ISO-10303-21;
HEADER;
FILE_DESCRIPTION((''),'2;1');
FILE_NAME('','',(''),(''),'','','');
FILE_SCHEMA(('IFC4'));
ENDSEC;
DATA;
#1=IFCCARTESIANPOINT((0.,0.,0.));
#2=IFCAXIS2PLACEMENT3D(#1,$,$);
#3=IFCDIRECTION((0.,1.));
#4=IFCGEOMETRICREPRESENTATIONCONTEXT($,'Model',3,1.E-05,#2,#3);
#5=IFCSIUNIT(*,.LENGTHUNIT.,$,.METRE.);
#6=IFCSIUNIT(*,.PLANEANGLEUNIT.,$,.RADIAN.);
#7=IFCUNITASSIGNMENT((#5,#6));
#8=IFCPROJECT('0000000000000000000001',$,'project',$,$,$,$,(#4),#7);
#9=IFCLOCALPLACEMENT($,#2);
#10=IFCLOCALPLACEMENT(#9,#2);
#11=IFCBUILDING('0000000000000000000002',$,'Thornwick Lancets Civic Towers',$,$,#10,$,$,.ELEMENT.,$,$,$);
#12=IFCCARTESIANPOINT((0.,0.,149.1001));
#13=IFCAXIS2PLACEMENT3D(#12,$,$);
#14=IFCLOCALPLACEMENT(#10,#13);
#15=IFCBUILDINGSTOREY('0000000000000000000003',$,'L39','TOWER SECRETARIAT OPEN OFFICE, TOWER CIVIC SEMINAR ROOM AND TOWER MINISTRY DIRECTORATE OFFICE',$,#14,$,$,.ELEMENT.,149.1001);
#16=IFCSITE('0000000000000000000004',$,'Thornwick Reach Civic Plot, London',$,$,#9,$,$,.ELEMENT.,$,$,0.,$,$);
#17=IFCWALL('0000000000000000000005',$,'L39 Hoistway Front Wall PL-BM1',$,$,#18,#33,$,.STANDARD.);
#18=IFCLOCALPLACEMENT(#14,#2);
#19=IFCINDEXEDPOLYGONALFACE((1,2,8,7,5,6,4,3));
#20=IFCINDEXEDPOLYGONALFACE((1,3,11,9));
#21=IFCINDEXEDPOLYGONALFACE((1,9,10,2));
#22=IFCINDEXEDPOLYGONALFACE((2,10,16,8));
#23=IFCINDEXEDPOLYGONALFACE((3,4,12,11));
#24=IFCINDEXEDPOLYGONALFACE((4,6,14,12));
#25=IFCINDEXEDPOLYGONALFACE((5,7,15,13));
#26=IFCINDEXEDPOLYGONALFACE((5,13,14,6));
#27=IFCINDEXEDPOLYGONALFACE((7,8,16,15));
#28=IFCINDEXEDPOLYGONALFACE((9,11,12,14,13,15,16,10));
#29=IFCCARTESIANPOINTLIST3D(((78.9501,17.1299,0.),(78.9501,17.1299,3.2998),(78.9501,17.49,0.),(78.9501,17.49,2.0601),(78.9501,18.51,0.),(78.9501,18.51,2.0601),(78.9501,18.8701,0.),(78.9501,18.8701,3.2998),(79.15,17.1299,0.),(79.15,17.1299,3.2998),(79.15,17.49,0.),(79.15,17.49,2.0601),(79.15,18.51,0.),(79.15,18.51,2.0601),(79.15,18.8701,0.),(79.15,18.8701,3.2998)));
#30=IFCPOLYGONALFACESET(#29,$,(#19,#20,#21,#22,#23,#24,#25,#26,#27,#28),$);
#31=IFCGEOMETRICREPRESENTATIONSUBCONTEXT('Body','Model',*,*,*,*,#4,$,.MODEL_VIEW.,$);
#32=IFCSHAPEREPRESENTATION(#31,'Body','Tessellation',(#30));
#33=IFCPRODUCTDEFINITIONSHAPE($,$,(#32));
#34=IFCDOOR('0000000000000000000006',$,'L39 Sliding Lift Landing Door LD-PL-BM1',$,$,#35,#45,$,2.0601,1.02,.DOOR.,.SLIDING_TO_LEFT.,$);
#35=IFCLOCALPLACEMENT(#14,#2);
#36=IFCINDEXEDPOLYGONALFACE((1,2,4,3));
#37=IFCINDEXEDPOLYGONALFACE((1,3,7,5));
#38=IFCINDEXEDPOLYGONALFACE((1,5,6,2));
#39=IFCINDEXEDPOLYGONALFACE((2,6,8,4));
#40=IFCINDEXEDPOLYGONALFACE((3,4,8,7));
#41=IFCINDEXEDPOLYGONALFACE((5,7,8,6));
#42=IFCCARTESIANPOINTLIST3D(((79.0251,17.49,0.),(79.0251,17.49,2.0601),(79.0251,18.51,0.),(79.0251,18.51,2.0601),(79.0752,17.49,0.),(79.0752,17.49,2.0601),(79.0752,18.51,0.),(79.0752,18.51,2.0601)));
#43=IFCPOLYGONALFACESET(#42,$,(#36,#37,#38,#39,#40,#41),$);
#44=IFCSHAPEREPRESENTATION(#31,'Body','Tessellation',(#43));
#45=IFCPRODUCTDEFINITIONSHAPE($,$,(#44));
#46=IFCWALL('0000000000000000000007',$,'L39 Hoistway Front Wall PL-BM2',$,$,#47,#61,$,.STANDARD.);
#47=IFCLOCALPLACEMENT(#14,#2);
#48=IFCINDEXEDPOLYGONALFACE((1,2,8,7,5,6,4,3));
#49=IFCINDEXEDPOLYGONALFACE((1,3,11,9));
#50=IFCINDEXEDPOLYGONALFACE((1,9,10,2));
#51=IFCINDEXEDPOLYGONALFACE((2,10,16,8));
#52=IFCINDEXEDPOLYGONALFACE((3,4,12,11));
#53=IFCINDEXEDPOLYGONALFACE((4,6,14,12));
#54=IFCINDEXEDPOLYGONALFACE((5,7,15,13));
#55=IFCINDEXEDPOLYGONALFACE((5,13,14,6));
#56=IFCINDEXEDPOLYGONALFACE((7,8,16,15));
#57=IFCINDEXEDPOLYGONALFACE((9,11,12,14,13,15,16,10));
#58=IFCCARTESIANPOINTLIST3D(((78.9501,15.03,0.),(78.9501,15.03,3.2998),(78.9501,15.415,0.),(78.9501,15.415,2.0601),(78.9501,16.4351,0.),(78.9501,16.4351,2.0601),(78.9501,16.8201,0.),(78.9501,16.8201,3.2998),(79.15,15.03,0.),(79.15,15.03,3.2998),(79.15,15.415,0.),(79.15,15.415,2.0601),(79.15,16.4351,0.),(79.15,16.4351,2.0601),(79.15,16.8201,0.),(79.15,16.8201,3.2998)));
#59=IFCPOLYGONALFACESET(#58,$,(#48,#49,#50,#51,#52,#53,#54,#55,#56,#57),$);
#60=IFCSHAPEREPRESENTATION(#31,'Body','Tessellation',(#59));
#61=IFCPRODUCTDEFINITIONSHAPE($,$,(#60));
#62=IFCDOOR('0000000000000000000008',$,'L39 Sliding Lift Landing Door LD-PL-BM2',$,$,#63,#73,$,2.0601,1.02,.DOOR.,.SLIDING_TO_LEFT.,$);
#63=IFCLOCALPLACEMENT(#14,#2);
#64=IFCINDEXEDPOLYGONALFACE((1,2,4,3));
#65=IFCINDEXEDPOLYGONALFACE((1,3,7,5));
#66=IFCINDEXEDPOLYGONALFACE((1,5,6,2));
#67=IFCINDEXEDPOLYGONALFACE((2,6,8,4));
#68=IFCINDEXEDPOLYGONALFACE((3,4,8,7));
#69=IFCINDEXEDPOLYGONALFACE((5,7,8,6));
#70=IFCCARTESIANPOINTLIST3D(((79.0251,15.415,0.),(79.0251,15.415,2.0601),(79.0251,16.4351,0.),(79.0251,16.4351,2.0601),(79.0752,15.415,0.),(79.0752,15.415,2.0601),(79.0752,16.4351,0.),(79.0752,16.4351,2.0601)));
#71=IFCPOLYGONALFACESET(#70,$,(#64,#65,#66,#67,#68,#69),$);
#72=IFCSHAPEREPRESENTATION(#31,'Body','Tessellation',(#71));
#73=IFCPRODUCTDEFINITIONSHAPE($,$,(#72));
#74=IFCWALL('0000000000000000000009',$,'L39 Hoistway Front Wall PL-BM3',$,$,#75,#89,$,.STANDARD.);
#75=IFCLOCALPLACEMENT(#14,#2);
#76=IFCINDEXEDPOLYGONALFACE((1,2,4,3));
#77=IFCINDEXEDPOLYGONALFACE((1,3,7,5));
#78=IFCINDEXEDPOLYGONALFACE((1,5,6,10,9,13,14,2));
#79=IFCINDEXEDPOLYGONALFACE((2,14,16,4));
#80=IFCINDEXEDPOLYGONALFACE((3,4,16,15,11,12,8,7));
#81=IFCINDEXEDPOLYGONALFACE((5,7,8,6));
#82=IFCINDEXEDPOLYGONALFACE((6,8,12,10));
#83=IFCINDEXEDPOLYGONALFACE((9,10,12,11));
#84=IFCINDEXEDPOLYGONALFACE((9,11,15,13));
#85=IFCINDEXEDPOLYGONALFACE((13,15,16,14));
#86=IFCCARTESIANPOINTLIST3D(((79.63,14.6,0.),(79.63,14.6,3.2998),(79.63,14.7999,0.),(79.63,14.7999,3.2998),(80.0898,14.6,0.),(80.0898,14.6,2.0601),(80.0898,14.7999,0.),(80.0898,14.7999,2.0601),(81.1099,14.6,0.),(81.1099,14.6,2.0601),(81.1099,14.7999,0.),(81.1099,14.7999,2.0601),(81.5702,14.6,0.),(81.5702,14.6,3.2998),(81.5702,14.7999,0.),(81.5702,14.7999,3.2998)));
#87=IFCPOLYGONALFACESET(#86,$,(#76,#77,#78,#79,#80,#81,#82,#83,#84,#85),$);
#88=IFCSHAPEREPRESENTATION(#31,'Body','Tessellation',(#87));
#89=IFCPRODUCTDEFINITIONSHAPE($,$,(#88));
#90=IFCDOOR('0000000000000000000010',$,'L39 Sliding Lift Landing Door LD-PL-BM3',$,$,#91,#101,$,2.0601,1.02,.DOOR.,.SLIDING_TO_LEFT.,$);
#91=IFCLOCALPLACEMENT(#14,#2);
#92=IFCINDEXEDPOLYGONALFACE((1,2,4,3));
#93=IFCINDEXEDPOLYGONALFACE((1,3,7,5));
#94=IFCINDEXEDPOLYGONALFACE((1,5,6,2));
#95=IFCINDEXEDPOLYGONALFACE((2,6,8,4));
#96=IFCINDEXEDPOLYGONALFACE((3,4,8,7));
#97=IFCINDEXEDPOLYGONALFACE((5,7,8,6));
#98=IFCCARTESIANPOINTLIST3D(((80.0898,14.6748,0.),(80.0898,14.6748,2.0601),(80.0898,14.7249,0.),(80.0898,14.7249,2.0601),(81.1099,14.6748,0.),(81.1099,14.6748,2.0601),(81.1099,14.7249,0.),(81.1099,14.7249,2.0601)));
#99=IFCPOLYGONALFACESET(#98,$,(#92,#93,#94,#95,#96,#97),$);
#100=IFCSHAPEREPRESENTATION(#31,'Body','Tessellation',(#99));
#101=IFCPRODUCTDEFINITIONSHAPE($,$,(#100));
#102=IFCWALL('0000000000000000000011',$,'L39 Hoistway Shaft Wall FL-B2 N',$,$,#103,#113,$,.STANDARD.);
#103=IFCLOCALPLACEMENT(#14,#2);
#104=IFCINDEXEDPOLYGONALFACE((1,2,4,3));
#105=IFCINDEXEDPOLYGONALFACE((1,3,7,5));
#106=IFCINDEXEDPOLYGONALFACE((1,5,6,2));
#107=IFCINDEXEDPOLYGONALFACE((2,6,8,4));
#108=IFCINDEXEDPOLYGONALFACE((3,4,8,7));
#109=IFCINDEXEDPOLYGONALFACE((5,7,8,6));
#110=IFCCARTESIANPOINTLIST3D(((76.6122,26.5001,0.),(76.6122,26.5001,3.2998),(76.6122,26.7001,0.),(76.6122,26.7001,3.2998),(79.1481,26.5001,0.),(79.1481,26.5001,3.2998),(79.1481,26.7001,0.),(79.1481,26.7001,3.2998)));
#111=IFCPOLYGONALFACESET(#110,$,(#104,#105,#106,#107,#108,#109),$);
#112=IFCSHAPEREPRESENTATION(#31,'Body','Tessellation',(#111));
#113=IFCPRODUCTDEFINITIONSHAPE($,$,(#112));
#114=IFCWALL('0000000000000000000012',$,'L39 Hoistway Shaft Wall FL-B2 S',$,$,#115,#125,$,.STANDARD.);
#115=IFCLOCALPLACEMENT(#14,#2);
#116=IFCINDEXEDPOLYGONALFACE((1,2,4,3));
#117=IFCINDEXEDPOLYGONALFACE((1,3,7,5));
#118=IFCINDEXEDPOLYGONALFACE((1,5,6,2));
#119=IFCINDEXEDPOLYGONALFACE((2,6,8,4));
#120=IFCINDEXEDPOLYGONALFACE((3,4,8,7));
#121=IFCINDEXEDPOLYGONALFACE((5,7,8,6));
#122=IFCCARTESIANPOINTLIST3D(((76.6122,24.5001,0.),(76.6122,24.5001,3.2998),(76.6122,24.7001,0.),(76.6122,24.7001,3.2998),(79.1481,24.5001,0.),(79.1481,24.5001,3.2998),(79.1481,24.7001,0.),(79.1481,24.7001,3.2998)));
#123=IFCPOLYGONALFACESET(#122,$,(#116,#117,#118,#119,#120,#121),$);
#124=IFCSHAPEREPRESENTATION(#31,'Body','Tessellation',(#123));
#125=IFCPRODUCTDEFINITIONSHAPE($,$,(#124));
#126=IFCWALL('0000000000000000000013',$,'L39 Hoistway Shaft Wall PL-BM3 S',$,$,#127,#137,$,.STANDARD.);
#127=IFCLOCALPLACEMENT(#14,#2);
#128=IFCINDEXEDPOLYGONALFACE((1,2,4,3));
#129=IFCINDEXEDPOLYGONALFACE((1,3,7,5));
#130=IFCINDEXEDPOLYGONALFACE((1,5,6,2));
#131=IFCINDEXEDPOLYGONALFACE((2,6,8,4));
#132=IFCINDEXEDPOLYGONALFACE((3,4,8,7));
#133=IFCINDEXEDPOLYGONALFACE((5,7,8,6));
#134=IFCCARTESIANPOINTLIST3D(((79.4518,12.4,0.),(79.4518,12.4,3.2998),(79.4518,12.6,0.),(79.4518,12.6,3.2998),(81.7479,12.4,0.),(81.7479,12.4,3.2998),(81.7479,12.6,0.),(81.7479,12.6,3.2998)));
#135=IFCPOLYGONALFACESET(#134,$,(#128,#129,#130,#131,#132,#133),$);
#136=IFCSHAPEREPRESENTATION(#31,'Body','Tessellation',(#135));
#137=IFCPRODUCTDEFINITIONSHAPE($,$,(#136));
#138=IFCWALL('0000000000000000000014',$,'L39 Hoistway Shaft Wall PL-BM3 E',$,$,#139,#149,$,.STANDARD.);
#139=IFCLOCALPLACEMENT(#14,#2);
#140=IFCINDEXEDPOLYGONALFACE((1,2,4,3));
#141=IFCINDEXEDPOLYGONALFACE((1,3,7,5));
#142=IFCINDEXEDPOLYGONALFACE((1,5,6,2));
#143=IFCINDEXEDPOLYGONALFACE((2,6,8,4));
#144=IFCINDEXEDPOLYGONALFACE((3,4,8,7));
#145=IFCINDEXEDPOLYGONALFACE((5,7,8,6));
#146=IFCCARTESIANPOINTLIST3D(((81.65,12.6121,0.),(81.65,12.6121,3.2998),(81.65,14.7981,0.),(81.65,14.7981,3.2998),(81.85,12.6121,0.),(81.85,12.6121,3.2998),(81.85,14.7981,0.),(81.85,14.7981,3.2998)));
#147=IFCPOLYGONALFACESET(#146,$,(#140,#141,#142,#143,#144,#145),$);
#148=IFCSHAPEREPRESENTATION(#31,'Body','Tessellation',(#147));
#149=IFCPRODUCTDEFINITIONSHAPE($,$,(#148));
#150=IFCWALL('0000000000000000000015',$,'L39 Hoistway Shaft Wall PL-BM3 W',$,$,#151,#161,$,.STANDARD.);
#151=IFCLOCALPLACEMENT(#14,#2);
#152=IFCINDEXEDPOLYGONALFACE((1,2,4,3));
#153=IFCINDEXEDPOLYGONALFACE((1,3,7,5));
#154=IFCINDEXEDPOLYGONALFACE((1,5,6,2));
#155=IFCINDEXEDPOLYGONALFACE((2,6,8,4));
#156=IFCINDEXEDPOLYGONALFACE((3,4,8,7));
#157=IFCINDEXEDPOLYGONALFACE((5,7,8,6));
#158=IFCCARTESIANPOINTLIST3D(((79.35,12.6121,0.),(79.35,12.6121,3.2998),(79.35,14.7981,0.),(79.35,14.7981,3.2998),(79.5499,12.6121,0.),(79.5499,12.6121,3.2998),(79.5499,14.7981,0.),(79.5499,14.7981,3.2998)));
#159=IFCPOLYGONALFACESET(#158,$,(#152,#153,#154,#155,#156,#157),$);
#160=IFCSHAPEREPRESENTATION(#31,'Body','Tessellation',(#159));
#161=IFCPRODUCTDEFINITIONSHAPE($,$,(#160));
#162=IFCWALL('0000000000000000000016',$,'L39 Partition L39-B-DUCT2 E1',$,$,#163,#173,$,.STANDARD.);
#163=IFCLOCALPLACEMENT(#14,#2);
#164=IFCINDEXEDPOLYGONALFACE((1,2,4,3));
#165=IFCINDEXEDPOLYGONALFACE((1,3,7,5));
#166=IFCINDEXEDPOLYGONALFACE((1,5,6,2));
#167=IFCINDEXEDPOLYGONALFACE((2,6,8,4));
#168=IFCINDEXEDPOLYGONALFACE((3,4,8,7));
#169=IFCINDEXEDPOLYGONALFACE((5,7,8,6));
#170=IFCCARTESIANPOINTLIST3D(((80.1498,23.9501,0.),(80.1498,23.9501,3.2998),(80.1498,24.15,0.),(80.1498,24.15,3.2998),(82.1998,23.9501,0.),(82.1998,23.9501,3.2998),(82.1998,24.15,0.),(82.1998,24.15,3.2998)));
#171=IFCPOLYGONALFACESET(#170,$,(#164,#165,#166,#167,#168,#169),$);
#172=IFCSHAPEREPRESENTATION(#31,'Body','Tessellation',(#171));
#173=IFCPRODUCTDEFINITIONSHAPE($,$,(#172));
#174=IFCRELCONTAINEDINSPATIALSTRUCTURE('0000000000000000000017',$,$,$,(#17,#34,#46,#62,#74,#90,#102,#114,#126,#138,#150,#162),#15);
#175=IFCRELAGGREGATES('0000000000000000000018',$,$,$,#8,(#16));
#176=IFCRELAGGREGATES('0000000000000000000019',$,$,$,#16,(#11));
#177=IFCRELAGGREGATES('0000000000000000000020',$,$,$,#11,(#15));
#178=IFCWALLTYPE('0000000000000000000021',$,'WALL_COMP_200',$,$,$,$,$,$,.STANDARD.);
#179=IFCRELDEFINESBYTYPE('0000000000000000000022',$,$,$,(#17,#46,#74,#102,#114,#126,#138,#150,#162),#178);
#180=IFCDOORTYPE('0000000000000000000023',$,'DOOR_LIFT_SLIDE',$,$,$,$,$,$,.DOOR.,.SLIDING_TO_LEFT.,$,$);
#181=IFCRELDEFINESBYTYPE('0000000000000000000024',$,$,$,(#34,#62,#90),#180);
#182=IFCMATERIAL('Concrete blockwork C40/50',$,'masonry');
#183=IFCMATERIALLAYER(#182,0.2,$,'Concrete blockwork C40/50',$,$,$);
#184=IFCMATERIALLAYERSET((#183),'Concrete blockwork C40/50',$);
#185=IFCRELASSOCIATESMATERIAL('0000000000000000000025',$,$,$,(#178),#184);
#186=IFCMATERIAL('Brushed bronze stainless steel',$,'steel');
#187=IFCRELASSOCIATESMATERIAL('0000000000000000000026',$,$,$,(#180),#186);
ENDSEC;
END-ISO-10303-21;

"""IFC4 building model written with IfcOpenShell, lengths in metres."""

from ifc_helpers import new_model, si_unit, direction, frame, frame_2d, origin, place, context, subcontext, project, spatial, rectangle, extrude, material, layer, layer_set, type_object, element, fill, save


model = new_model("IFC4")

# Units and contexts
model_context = context("Model", 3, precision=1e-05, world=origin(), true_north=direction((0.0, 1.0)))
body_context = subcontext(model_context, "Body", "Model", "MODEL_VIEW")
ifc_project = project(units=[si_unit("LENGTHUNIT", "METRE"), si_unit("PLANEANGLEUNIT", "RADIAN")], contexts=[model_context])

# Site, building, storey
site_placement = place(None, origin())
site = spatial("IfcSite", under=ifc_project, at=site_placement, Name="Thornwick Reach Civic Plot, London", CompositionType="ELEMENT", RefElevation=0.0)
building_placement = place(site_placement, origin())
building = spatial("IfcBuilding", under=site, at=building_placement, Name="Thornwick Lancets Civic Towers", CompositionType="ELEMENT")
storey_placement = place(building_placement, frame((0.0, 0.0, 149.1001)))
storey = spatial("IfcBuildingStorey", under=building, at=storey_placement, Name="L39", Description="TOWER SECRETARIAT OPEN OFFICE, TOWER CIVIC SEMINAR ROOM AND TOWER MINISTRY DIRECTORATE OFFICE", CompositionType="ELEMENT", Elevation=149.1001)

# Shared definitions
ifc_material_1 = material(Name="Concrete blockwork C40/50", Category="masonry")
ifc_layer_1 = layer(ifc_material_1, 0.2, Name="Concrete blockwork C40/50")
ifc_layer_set_1 = layer_set([ifc_layer_1], Name="Concrete blockwork C40/50")
wall_type_1 = type_object("IfcWallType", Name="WALL_COMP_200", PredefinedType="STANDARD", material=ifc_layer_set_1)
ifc_material_2 = material(Name="Brushed bronze stainless steel", Category="steel")
door_type_1 = type_object("IfcDoorType", Name="DOOR_LIFT_SLIDE", OperationType="SLIDING_TO_LEFT", PredefinedType="DOOR", material=ifc_material_2)

# Walls, openings, doors
wall_1_placement = place(storey_placement, frame((79.05, 17.1299, 0.0), z_axis=(0.0, 0.0, 1.0), x_axis=(0.0, 1.0, 0.0)))
wall_1 = element("IfcWall", 1, at=wall_1_placement, inside=storey, type_object=wall_type_1, Name="L39 Hoistway Front Wall PL-BM1", PredefinedType="STANDARD", context=body_context, shape_type="SweptSolid", body=[
    extrude(rectangle(XDim=1.7402, YDim=0.2, at=frame_2d((0.8701, 0.0))), origin(), (0.0, 0.0, 1.0), 3.2998),
])
opening_1_placement = place(wall_1_placement, frame((0.3601, 0.0, 0.0)))
opening_1 = element("IfcOpeningElement", 2, at=opening_1_placement, cuts=wall_1, PredefinedType="OPENING", context=body_context, shape_type="SweptSolid", body=[
    extrude(rectangle(XDim=1.02, YDim=2.0601, at=frame_2d((0.51, 1.03))), frame((0.0, 0.1099, 0.0), z_axis=(0.0, -1.0, 0.0), x_axis=(1.0, 0.0, 0.0)), (0.0, 0.0, 1.0), 0.22),
])
door_1_placement = place(opening_1_placement, origin())
door_1 = element("IfcDoor", 3, at=door_1_placement, inside=storey, type_object=door_type_1, Name="L39 Sliding Lift Landing Door LD-PL-BM1", OperationType="SLIDING_TO_LEFT", OverallHeight=2.0601, OverallWidth=1.02, PredefinedType="DOOR", context=body_context, shape_type="SweptSolid", body=[
    extrude(rectangle(XDim=1.02, YDim=2.0601, at=frame_2d((0.51, 1.03))), frame((0.0, 0.0249, 0.0), z_axis=(0.0, -1.0, 0.0), x_axis=(1.0, 0.0, 0.0)), (0.0, 0.0, 1.0), 0.05),
])
fill(opening_1, door_1)
wall_2_placement = place(storey_placement, frame((79.05, 15.03, 0.0), z_axis=(0.0, 0.0, 1.0), x_axis=(0.0, 1.0, 0.0)))
wall_2 = element("IfcWall", 4, at=wall_2_placement, inside=storey, type_object=wall_type_1, Name="L39 Hoistway Front Wall PL-BM2", PredefinedType="STANDARD", context=body_context, shape_type="SweptSolid", body=[
    extrude(rectangle(XDim=1.79, YDim=0.2, at=frame_2d((0.895, 0.0))), origin(), (0.0, 0.0, 1.0), 3.2998),
])
opening_2_placement = place(wall_2_placement, frame((0.385, 0.0, 0.0)))
opening_2 = element("IfcOpeningElement", 5, at=opening_2_placement, cuts=wall_2, PredefinedType="OPENING", context=body_context, shape_type="SweptSolid", body=[
    extrude(rectangle(XDim=1.02, YDim=2.0601, at=frame_2d((0.51, 1.03))), frame((0.0, 0.1099, 0.0), z_axis=(0.0, -1.0, 0.0), x_axis=(1.0, 0.0, 0.0)), (0.0, 0.0, 1.0), 0.22),
])
door_2_placement = place(opening_2_placement, origin())
door_2 = element("IfcDoor", 6, at=door_2_placement, inside=storey, type_object=door_type_1, Name="L39 Sliding Lift Landing Door LD-PL-BM2", OperationType="SLIDING_TO_LEFT", OverallHeight=2.0601, OverallWidth=1.02, PredefinedType="DOOR", context=body_context, shape_type="SweptSolid", body=[
    extrude(rectangle(XDim=1.02, YDim=2.0601, at=frame_2d((0.51, 1.03))), frame((0.0, 0.0249, 0.0), z_axis=(0.0, -1.0, 0.0), x_axis=(1.0, 0.0, 0.0)), (0.0, 0.0, 1.0), 0.05),
])
fill(opening_2, door_2)
wall_3_placement = place(storey_placement, frame((79.6299, 14.7, 0.0), z_axis=(0.0, 0.0, 1.0), x_axis=(1.0, 0.0, 0.0)))
wall_3 = element("IfcWall", 7, at=wall_3_placement, inside=storey, type_object=wall_type_1, Name="L39 Hoistway Front Wall PL-BM3", PredefinedType="STANDARD", context=body_context, shape_type="SweptSolid", body=[
    extrude(rectangle(XDim=1.9402, YDim=0.2, at=frame_2d((0.9702, 0.0))), origin(), (0.0, 0.0, 1.0), 3.2998),
])
opening_3_placement = place(wall_3_placement, frame((0.46, 0.0, 0.0)))
opening_3 = element("IfcOpeningElement", 8, at=opening_3_placement, cuts=wall_3, PredefinedType="OPENING", context=body_context, shape_type="SweptSolid", body=[
    extrude(rectangle(XDim=1.02, YDim=2.0601, at=frame_2d((0.51, 1.03))), frame((0.0, 0.1099, 0.0), z_axis=(0.0, -1.0, 0.0), x_axis=(1.0, 0.0, 0.0)), (0.0, 0.0, 1.0), 0.22),
])
door_3_placement = place(opening_3_placement, origin())
door_3 = element("IfcDoor", 9, at=door_3_placement, inside=storey, type_object=door_type_1, Name="L39 Sliding Lift Landing Door LD-PL-BM3", OperationType="SLIDING_TO_LEFT", OverallHeight=2.0601, OverallWidth=1.02, PredefinedType="DOOR", context=body_context, shape_type="SweptSolid", body=[
    extrude(rectangle(XDim=1.02, YDim=2.0601, at=frame_2d((0.51, 1.03))), frame((0.0, 0.0249, 0.0), z_axis=(0.0, -1.0, 0.0), x_axis=(1.0, 0.0, 0.0)), (0.0, 0.0, 1.0), 0.05),
])
fill(opening_3, door_3)

# Walls
for number, where, z_axis, x_axis, name in (
    (10, (76.6121, 26.6001, 0.0), (0.0, 0.0, 1.0), (1.0, 0.0, 0.0), "L39 Hoistway Shaft Wall FL-B2 N"),
    (11, (76.6121, 24.6001, 0.0), (0.0, 0.0, 1.0), (1.0, 0.0, 0.0), "L39 Hoistway Shaft Wall FL-B2 S"),
):
    element("IfcWall", number, at=place(storey_placement, frame(where, z_axis=z_axis, x_axis=x_axis)), inside=storey, type_object=wall_type_1, Name=name, PredefinedType="STANDARD", context=body_context, shape_type="SweptSolid", body=[
        extrude(rectangle(XDim=2.5359, YDim=0.2, at=frame_2d((1.2681, 0.0))), origin(), (0.0, 0.0, 1.0), 3.2998),
    ])
wall_4_placement = place(storey_placement, frame((79.4519, 12.5, 0.0), z_axis=(0.0, 0.0, 1.0), x_axis=(1.0, 0.0, 0.0)))
element("IfcWall", 12, at=wall_4_placement, inside=storey, type_object=wall_type_1, Name="L39 Hoistway Shaft Wall PL-BM3 S", PredefinedType="STANDARD", context=body_context, shape_type="SweptSolid", body=[
    extrude(rectangle(XDim=2.2961, YDim=0.2, at=frame_2d((1.1479, 0.0))), origin(), (0.0, 0.0, 1.0), 3.2998),
])
for number, where, z_axis, x_axis, name in (
    (13, (81.75, 12.6121, 0.0), (0.0, 0.0, 1.0), (0.0, 1.0, 0.0), "L39 Hoistway Shaft Wall PL-BM3 E"),
    (14, (79.45, 12.6121, 0.0), (0.0, 0.0, 1.0), (0.0, 1.0, 0.0), "L39 Hoistway Shaft Wall PL-BM3 W"),
):
    element("IfcWall", number, at=place(storey_placement, frame(where, z_axis=z_axis, x_axis=x_axis)), inside=storey, type_object=wall_type_1, Name=name, PredefinedType="STANDARD", context=body_context, shape_type="SweptSolid", body=[
        extrude(rectangle(XDim=2.186, YDim=0.2, at=frame_2d((1.093, 0.0))), origin(), (0.0, 0.0, 1.0), 3.2998),
    ])
wall_5_placement = place(storey_placement, frame((80.1499, 24.05, 0.0), z_axis=(0.0, 0.0, 1.0), x_axis=(1.0, 0.0, 0.0)))
element("IfcWall", 15, at=wall_5_placement, inside=storey, type_object=wall_type_1, Name="L39 Partition L39-B-DUCT2 E1", PredefinedType="STANDARD", context=body_context, shape_type="SweptSolid", body=[
    extrude(rectangle(XDim=2.05, YDim=0.2, at=frame_2d((1.0249, 0.0))), origin(), (0.0, 0.0, 1.0), 3.2998),
])

save(model, "model.ifc")
